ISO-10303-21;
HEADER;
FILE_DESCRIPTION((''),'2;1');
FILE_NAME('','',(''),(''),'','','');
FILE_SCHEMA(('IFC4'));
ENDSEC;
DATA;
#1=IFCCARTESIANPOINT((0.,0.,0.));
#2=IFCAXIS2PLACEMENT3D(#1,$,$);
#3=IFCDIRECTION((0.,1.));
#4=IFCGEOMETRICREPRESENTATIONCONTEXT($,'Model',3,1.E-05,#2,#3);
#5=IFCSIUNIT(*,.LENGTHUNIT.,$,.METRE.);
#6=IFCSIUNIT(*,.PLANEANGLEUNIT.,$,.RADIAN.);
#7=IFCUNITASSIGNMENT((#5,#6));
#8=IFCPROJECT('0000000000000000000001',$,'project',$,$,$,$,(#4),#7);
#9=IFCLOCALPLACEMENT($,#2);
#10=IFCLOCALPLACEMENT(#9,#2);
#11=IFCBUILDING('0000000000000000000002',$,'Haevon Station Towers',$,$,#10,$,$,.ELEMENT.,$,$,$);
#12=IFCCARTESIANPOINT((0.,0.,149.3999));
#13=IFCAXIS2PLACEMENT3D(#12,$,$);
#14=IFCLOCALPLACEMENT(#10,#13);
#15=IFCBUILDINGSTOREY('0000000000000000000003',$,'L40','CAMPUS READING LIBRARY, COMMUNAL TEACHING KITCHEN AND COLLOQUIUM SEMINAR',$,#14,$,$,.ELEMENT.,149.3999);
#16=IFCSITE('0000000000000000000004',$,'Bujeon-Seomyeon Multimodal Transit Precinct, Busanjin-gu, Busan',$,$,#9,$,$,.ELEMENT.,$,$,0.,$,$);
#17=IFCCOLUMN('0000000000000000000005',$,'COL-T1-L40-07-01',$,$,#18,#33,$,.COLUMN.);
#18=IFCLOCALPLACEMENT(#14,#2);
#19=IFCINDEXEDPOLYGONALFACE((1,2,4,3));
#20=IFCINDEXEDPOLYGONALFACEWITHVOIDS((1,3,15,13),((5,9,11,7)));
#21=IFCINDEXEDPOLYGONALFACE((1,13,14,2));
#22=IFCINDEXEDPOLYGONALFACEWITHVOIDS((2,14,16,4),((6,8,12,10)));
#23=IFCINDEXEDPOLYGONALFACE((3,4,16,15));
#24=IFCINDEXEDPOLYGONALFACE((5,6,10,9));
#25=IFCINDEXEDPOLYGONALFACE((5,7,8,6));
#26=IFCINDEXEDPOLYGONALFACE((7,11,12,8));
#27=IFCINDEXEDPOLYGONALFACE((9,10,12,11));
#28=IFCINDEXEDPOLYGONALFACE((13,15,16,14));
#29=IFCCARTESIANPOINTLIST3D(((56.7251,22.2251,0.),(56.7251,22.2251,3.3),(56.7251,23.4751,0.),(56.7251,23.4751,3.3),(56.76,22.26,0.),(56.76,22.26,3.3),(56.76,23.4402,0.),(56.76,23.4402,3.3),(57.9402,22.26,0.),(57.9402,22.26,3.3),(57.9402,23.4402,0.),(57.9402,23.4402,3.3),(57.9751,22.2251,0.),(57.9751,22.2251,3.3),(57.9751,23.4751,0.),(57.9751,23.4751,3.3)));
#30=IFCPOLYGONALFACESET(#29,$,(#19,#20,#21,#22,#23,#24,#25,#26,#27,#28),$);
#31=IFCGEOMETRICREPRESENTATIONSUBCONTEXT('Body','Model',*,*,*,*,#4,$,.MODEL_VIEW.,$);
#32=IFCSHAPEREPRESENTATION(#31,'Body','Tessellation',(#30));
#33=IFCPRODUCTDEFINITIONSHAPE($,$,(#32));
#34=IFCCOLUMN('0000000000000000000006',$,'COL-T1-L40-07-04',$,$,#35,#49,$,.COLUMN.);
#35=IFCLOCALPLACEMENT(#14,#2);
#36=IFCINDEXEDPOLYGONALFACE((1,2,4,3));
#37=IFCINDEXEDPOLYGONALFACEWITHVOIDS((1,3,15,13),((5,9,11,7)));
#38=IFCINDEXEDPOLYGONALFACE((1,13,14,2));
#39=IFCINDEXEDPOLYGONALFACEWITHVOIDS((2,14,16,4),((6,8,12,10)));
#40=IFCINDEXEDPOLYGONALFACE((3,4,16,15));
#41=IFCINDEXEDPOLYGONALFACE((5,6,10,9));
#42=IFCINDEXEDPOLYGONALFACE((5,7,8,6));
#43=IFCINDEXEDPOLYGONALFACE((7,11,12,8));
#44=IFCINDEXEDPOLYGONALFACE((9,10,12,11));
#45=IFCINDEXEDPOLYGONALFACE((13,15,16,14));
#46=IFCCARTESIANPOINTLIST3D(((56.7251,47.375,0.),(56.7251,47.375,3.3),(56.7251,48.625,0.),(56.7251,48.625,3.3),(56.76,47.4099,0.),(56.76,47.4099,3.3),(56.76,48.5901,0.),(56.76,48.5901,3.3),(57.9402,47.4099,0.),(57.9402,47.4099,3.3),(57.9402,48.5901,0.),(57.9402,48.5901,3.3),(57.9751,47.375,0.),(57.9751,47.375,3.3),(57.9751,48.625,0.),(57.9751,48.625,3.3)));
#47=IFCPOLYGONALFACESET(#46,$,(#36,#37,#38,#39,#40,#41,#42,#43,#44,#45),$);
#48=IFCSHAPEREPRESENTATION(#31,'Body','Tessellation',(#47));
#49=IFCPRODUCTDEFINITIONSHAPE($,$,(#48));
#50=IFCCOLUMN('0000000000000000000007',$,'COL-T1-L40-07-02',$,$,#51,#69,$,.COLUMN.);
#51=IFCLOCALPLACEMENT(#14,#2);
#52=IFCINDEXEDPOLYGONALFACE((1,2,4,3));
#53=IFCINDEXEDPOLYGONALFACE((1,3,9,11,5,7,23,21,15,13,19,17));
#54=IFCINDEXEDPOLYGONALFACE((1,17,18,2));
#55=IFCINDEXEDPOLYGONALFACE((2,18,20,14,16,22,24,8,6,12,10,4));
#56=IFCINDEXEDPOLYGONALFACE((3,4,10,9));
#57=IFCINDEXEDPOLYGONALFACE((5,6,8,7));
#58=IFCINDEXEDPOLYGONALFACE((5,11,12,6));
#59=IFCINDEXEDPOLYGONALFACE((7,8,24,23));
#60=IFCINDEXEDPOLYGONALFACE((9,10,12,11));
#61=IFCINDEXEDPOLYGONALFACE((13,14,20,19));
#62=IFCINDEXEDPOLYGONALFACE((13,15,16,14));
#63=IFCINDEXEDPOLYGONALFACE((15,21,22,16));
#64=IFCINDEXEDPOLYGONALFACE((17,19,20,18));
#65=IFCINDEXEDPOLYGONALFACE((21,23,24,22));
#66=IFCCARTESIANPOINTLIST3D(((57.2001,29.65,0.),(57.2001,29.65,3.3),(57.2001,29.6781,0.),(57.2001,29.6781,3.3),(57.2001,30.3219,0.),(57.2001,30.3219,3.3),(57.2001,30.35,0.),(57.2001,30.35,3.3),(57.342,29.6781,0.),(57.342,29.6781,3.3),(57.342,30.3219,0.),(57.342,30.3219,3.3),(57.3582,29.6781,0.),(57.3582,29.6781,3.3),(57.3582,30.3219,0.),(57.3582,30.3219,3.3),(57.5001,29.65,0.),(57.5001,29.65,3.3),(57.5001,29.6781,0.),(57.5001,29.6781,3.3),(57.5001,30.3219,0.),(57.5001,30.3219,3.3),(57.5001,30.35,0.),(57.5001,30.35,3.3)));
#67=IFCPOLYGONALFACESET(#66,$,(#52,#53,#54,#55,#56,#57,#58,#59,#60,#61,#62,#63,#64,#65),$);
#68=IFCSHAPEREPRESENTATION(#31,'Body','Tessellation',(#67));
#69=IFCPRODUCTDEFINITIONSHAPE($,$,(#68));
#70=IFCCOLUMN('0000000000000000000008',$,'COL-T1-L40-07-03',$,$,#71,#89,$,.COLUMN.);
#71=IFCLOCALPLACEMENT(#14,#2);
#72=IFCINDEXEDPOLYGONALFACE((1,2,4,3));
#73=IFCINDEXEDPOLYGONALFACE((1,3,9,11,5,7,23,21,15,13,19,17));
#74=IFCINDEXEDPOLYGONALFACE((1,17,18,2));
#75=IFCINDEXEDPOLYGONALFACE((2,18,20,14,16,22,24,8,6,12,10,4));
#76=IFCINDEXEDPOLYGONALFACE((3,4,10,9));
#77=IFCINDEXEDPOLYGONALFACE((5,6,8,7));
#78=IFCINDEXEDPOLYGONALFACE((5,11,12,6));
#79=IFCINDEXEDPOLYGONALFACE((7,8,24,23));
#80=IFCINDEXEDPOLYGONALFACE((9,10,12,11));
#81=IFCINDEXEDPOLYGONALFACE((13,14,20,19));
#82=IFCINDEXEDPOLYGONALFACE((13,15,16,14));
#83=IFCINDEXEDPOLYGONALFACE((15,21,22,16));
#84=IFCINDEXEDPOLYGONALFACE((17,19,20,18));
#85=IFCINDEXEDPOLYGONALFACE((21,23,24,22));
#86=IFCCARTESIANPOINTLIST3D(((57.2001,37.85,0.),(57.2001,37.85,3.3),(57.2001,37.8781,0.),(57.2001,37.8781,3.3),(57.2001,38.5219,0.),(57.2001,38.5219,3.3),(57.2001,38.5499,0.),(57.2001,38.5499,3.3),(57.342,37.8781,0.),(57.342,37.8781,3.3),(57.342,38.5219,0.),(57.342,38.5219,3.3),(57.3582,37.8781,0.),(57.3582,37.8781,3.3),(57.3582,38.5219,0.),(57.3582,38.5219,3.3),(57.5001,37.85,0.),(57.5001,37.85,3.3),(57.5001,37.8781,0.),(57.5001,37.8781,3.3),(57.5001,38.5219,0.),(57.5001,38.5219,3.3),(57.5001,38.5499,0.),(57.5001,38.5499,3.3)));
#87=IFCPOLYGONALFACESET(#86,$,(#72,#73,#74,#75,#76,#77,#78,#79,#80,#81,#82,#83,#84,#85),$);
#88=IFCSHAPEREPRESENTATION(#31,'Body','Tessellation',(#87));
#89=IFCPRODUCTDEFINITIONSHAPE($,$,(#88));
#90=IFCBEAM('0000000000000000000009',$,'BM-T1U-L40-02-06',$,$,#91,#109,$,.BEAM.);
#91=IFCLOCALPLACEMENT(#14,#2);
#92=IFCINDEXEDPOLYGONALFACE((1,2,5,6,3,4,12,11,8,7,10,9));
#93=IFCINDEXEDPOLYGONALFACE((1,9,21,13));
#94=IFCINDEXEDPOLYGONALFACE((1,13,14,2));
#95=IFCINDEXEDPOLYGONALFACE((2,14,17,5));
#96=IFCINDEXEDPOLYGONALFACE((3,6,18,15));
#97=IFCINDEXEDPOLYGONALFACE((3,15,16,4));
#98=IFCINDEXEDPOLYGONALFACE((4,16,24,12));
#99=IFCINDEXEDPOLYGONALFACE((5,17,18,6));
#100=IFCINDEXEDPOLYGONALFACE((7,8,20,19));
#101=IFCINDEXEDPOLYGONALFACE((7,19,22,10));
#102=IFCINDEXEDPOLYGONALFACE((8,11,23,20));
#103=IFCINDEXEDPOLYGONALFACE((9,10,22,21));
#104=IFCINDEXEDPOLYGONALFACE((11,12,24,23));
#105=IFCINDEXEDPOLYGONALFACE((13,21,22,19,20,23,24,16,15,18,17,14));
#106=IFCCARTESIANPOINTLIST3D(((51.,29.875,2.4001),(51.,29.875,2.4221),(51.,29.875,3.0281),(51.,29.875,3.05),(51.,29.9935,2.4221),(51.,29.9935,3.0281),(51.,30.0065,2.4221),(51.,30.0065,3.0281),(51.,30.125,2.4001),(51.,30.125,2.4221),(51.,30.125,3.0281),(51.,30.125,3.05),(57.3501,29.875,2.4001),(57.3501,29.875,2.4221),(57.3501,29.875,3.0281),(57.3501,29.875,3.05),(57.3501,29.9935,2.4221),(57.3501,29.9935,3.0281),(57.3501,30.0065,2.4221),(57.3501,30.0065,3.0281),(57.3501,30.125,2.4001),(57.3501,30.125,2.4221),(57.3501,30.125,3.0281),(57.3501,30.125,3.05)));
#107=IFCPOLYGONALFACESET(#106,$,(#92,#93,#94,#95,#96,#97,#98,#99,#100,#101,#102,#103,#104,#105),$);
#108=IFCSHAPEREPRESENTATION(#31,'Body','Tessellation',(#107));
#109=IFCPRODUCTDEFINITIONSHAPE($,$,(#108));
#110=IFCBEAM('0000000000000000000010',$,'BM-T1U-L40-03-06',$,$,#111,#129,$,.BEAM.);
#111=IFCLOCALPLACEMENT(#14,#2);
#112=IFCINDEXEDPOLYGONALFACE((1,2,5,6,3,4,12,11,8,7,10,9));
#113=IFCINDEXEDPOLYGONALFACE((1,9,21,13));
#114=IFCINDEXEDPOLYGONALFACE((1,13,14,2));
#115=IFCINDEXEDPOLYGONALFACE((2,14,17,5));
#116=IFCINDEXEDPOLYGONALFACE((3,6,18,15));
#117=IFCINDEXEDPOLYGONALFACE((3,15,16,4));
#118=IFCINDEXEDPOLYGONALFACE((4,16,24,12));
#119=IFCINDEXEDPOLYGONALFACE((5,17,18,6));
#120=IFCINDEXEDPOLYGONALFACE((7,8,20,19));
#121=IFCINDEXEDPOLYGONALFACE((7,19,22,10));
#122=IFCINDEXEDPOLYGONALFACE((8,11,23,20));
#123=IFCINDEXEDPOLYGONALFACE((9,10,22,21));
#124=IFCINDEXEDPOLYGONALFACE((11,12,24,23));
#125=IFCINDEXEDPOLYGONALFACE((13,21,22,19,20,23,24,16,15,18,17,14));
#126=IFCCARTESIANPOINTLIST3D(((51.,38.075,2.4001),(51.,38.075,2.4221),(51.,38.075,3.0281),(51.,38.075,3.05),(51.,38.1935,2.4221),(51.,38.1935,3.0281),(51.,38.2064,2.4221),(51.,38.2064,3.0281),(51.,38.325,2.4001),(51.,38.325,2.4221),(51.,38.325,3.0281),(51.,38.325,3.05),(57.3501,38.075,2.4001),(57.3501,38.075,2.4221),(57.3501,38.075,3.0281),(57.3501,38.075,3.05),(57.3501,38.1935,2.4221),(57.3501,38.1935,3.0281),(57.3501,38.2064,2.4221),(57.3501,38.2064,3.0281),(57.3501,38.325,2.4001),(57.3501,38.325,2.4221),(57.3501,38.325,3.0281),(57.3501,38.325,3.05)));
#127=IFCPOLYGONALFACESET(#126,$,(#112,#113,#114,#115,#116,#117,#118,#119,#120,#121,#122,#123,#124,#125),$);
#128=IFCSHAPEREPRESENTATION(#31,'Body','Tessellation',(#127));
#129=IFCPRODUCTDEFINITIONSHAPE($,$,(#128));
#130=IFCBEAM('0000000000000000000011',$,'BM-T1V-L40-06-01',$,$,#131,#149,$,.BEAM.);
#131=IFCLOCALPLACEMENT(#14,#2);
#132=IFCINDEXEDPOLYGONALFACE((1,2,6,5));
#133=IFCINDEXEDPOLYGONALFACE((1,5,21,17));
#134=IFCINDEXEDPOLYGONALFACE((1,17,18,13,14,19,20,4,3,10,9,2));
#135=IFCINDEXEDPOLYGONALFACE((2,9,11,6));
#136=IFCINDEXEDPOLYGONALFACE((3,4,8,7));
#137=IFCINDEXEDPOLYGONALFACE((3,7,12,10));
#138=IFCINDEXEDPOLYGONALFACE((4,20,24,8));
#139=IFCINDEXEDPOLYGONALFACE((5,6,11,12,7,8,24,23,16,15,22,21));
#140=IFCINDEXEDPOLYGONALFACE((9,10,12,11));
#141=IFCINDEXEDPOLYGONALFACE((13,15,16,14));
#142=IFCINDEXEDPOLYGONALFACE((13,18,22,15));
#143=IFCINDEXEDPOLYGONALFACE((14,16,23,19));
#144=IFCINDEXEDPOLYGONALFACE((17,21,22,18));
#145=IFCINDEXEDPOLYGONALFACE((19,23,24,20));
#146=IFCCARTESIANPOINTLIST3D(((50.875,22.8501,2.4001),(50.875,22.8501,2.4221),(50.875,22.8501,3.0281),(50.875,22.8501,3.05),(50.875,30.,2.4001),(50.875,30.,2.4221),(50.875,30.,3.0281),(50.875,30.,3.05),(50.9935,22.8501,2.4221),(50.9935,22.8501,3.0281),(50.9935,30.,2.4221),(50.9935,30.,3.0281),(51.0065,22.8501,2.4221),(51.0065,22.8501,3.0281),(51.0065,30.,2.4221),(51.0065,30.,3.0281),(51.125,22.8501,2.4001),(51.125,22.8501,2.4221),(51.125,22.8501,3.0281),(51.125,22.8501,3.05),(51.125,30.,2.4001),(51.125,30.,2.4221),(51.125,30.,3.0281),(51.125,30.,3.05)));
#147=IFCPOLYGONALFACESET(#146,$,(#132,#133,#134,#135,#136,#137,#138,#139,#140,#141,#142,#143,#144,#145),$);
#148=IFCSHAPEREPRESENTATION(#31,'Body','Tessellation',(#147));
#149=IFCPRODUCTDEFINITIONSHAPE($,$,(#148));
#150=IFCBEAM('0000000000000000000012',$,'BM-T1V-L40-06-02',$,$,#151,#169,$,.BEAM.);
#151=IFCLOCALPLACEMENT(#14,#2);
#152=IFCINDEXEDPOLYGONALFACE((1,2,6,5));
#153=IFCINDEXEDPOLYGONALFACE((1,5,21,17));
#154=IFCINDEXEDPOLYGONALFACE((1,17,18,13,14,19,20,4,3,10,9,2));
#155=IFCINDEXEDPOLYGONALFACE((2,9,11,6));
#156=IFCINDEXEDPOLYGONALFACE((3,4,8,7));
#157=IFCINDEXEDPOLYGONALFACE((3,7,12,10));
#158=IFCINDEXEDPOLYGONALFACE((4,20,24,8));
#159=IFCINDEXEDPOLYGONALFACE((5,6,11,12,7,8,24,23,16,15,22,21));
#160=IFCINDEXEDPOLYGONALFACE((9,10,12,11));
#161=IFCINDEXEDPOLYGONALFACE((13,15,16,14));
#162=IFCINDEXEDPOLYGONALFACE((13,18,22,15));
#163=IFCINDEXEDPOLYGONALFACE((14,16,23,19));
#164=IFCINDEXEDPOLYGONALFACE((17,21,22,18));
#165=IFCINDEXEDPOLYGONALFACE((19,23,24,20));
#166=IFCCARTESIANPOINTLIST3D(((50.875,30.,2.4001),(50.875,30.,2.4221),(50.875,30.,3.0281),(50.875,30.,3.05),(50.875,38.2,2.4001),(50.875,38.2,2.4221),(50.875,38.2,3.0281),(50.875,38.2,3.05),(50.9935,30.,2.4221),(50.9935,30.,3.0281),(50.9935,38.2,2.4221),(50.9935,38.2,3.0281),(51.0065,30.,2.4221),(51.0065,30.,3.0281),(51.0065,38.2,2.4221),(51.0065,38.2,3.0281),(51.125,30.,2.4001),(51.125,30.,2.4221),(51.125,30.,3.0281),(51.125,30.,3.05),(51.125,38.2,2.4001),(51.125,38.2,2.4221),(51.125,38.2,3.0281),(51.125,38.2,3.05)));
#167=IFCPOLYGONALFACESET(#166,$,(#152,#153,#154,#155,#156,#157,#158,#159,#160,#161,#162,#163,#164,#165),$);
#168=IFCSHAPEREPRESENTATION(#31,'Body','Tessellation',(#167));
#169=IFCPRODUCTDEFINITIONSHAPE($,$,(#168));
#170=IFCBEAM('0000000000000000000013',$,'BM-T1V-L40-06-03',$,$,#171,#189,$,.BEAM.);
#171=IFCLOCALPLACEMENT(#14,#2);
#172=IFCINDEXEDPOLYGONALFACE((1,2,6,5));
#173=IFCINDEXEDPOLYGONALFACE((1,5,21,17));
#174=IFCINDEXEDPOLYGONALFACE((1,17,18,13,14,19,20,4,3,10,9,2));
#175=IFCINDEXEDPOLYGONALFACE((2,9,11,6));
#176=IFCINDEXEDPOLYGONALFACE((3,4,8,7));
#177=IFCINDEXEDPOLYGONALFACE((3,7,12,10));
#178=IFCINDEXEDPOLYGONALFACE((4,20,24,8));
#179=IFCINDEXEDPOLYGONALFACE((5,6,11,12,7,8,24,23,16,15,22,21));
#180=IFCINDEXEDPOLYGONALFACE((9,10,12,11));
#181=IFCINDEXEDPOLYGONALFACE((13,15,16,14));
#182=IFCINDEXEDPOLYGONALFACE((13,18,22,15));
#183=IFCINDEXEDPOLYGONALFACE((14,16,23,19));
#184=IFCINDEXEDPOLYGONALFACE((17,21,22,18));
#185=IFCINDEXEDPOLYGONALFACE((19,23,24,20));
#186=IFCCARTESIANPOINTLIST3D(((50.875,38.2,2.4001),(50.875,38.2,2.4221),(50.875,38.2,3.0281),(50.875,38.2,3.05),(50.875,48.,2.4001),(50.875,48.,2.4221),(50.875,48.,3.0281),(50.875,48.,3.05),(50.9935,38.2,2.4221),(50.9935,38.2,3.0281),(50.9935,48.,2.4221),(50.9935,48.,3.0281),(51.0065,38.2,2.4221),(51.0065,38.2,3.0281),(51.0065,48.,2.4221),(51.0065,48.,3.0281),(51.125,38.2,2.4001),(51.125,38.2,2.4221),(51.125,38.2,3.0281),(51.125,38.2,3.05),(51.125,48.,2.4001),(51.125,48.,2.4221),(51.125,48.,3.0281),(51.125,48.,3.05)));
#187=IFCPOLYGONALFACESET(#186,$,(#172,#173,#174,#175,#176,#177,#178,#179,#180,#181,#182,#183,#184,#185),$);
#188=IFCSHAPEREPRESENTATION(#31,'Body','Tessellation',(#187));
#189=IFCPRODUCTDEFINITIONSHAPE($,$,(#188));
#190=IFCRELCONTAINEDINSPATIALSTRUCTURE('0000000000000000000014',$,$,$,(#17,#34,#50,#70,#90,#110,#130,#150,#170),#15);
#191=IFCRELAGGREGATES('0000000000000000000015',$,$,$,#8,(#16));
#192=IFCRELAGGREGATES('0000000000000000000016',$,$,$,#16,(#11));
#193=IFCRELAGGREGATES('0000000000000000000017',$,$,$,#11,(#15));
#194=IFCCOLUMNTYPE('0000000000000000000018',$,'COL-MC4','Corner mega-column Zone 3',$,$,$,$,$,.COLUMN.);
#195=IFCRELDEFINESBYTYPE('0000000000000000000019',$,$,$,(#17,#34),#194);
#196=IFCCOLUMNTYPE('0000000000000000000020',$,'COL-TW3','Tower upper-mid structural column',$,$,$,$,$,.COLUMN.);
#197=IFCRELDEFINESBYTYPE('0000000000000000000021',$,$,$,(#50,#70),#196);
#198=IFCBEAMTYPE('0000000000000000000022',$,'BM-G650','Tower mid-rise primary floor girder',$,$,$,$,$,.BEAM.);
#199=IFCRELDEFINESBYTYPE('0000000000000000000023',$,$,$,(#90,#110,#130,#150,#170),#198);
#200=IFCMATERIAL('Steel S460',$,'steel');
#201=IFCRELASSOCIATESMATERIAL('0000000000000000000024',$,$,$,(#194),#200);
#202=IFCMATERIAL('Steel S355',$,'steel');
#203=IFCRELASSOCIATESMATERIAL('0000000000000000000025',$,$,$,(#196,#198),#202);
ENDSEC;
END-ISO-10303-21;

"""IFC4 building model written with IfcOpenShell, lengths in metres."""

from ifc_helpers import new_model, si_unit, direction, frame, origin, origin_2d, place, context, subcontext, project, spatial, hollow_rectangle, i_section, extrude, material, material_profile, profile_set, type_object, element, save


model = new_model("IFC4")

# Units and contexts
model_context = context("Model", 3, precision=1e-05, world=origin(), true_north=direction((0.0, 1.0)))
body_context = subcontext(model_context, "Body", "Model", "MODEL_VIEW")
ifc_project = project(units=[si_unit("LENGTHUNIT", "METRE"), si_unit("PLANEANGLEUNIT", "RADIAN")], contexts=[model_context])

# Site, building, storey
site_placement = place(None, origin())
site = spatial("IfcSite", under=ifc_project, at=site_placement, Name="Bujeon-Seomyeon Multimodal Transit Precinct, Busanjin-gu, Busan", CompositionType="ELEMENT", RefElevation=0.0)
building_placement = place(site_placement, origin())
building = spatial("IfcBuilding", under=site, at=building_placement, Name="Haevon Station Towers", CompositionType="ELEMENT")
storey_placement = place(building_placement, frame((0.0, 0.0, 149.3999)))
storey = spatial("IfcBuildingStorey", under=building, at=storey_placement, Name="L40", Description="CAMPUS READING LIBRARY, COMMUNAL TEACHING KITCHEN AND COLLOQUIUM SEMINAR", CompositionType="ELEMENT", Elevation=149.3999)

# Columns
ifc_material_1 = material(Name="Steel S460", Category="steel")
ifc_material_profile_1 = material_profile(ifc_material_1, hollow_rectangle(XDim=1.25, YDim=1.25, WallThickness=0.0349, at=origin_2d()), Name="BOX-1250x1250x35")
ifc_profile_set_1 = profile_set([ifc_material_profile_1], Name="Steel S460")
column_type_1 = type_object("IfcColumnType", Name="COL-MC4", Description="Corner mega-column Zone 3", PredefinedType="COLUMN", material=ifc_profile_set_1)
for number, where, z_axis, x_axis, name in (
    (1, (57.3501, 22.8501, 0.0), (0.0, 0.0, 1.0), (1.0, 0.0, 0.0), "COL-T1-L40-07-01"),
    (2, (57.3501, 48.0, 0.0), (0.0, 0.0, 1.0), (1.0, 0.0, 0.0), "COL-T1-L40-07-04"),
):
    element("IfcColumn", number, at=place(storey_placement, frame(where, z_axis=z_axis, x_axis=x_axis)), inside=storey, type_object=column_type_1, Name=name, PredefinedType="COLUMN", context=body_context, shape_type="SweptSolid", body=[
        extrude(hollow_rectangle(XDim=1.25, YDim=1.25, WallThickness=0.0349, at=origin_2d()), origin(), (0.0, 0.0, 1.0), 3.3),
    ])
ifc_material_2 = material(Name="Steel S355", Category="steel")
ifc_material_profile_2 = material_profile(ifc_material_2, i_section(OverallWidth=0.3, OverallDepth=0.7, WebThickness=0.0161, FlangeThickness=0.0281, at=origin_2d()), Name="H-700x300x16x28")
ifc_profile_set_2 = profile_set([ifc_material_profile_2], Name="Steel S355")
column_type_2 = type_object("IfcColumnType", Name="COL-TW3", Description="Tower upper-mid structural column", PredefinedType="COLUMN", material=ifc_profile_set_2)
for number, where, z_axis, x_axis, name in (
    (3, (57.3501, 30.0, 0.0), (0.0, 0.0, 1.0), (1.0, 0.0, 0.0), "COL-T1-L40-07-02"),
    (4, (57.3501, 38.2, 0.0), (0.0, 0.0, 1.0), (1.0, 0.0, 0.0), "COL-T1-L40-07-03"),
):
    element("IfcColumn", number, at=place(storey_placement, frame(where, z_axis=z_axis, x_axis=x_axis)), inside=storey, type_object=column_type_2, Name=name, PredefinedType="COLUMN", context=body_context, shape_type="SweptSolid", body=[
        extrude(i_section(OverallWidth=0.3, OverallDepth=0.7, WebThickness=0.0161, FlangeThickness=0.0281, at=origin_2d()), origin(), (0.0, 0.0, 1.0), 3.3),
    ])

# Beams
ifc_material_profile_3 = material_profile(ifc_material_2, i_section(OverallWidth=0.25, OverallDepth=0.6499, WebThickness=0.0129, FlangeThickness=0.022, at=origin_2d()), Name="H-650x250x13x22")
ifc_profile_set_3 = profile_set([ifc_material_profile_3], Name="Steel S355")
beam_type_1 = type_object("IfcBeamType", Name="BM-G650", Description="Tower mid-rise primary floor girder", PredefinedType="BEAM", material=ifc_profile_set_3)
for number, where, z_axis, x_axis, name in (
    (5, (51.0, 30.0, 2.7251), (1.0, 0.0, 0.0), (0.0, 1.0, 0.0), "BM-T1U-L40-02-06"),
    (6, (51.0, 38.2, 2.7251), (1.0, 0.0, 0.0), (0.0, 1.0, 0.0), "BM-T1U-L40-03-06"),
):
    element("IfcBeam", number, at=place(storey_placement, frame(where, z_axis=z_axis, x_axis=x_axis)), inside=storey, type_object=beam_type_1, Name=name, PredefinedType="BEAM", context=body_context, shape_type="SweptSolid", body=[
        extrude(i_section(OverallWidth=0.25, OverallDepth=0.6499, WebThickness=0.0129, FlangeThickness=0.022, at=origin_2d()), origin(), (0.0, 0.0, 1.0), 6.3501),
    ])
beam_1_placement = place(storey_placement, frame((51.0, 22.8501, 2.7251), z_axis=(0.0, 1.0, 0.0), x_axis=(-1.0, 0.0, 0.0)))
element("IfcBeam", 7, at=beam_1_placement, inside=storey, type_object=beam_type_1, Name="BM-T1V-L40-06-01", PredefinedType="BEAM", context=body_context, shape_type="SweptSolid", body=[
    extrude(i_section(OverallWidth=0.25, OverallDepth=0.6499, WebThickness=0.0129, FlangeThickness=0.022, at=origin_2d()), origin(), (0.0, 0.0, 1.0), 7.1499),
])
beam_2_placement = place(storey_placement, frame((51.0, 30.0, 2.7251), z_axis=(0.0, 1.0, 0.0), x_axis=(-1.0, 0.0, 0.0)))
element("IfcBeam", 8, at=beam_2_placement, inside=storey, type_object=beam_type_1, Name="BM-T1V-L40-06-02", PredefinedType="BEAM", context=body_context, shape_type="SweptSolid", body=[
    extrude(i_section(OverallWidth=0.25, OverallDepth=0.6499, WebThickness=0.0129, FlangeThickness=0.022, at=origin_2d()), origin(), (0.0, 0.0, 1.0), 8.2),
])
beam_3_placement = place(storey_placement, frame((51.0, 38.2, 2.7251), z_axis=(0.0, 1.0, 0.0), x_axis=(-1.0, 0.0, 0.0)))
element("IfcBeam", 9, at=beam_3_placement, inside=storey, type_object=beam_type_1, Name="BM-T1V-L40-06-03", PredefinedType="BEAM", context=body_context, shape_type="SweptSolid", body=[
    extrude(i_section(OverallWidth=0.25, OverallDepth=0.6499, WebThickness=0.0129, FlangeThickness=0.022, at=origin_2d()), origin(), (0.0, 0.0, 1.0), 9.8),
])

save(model, "model.ifc")
